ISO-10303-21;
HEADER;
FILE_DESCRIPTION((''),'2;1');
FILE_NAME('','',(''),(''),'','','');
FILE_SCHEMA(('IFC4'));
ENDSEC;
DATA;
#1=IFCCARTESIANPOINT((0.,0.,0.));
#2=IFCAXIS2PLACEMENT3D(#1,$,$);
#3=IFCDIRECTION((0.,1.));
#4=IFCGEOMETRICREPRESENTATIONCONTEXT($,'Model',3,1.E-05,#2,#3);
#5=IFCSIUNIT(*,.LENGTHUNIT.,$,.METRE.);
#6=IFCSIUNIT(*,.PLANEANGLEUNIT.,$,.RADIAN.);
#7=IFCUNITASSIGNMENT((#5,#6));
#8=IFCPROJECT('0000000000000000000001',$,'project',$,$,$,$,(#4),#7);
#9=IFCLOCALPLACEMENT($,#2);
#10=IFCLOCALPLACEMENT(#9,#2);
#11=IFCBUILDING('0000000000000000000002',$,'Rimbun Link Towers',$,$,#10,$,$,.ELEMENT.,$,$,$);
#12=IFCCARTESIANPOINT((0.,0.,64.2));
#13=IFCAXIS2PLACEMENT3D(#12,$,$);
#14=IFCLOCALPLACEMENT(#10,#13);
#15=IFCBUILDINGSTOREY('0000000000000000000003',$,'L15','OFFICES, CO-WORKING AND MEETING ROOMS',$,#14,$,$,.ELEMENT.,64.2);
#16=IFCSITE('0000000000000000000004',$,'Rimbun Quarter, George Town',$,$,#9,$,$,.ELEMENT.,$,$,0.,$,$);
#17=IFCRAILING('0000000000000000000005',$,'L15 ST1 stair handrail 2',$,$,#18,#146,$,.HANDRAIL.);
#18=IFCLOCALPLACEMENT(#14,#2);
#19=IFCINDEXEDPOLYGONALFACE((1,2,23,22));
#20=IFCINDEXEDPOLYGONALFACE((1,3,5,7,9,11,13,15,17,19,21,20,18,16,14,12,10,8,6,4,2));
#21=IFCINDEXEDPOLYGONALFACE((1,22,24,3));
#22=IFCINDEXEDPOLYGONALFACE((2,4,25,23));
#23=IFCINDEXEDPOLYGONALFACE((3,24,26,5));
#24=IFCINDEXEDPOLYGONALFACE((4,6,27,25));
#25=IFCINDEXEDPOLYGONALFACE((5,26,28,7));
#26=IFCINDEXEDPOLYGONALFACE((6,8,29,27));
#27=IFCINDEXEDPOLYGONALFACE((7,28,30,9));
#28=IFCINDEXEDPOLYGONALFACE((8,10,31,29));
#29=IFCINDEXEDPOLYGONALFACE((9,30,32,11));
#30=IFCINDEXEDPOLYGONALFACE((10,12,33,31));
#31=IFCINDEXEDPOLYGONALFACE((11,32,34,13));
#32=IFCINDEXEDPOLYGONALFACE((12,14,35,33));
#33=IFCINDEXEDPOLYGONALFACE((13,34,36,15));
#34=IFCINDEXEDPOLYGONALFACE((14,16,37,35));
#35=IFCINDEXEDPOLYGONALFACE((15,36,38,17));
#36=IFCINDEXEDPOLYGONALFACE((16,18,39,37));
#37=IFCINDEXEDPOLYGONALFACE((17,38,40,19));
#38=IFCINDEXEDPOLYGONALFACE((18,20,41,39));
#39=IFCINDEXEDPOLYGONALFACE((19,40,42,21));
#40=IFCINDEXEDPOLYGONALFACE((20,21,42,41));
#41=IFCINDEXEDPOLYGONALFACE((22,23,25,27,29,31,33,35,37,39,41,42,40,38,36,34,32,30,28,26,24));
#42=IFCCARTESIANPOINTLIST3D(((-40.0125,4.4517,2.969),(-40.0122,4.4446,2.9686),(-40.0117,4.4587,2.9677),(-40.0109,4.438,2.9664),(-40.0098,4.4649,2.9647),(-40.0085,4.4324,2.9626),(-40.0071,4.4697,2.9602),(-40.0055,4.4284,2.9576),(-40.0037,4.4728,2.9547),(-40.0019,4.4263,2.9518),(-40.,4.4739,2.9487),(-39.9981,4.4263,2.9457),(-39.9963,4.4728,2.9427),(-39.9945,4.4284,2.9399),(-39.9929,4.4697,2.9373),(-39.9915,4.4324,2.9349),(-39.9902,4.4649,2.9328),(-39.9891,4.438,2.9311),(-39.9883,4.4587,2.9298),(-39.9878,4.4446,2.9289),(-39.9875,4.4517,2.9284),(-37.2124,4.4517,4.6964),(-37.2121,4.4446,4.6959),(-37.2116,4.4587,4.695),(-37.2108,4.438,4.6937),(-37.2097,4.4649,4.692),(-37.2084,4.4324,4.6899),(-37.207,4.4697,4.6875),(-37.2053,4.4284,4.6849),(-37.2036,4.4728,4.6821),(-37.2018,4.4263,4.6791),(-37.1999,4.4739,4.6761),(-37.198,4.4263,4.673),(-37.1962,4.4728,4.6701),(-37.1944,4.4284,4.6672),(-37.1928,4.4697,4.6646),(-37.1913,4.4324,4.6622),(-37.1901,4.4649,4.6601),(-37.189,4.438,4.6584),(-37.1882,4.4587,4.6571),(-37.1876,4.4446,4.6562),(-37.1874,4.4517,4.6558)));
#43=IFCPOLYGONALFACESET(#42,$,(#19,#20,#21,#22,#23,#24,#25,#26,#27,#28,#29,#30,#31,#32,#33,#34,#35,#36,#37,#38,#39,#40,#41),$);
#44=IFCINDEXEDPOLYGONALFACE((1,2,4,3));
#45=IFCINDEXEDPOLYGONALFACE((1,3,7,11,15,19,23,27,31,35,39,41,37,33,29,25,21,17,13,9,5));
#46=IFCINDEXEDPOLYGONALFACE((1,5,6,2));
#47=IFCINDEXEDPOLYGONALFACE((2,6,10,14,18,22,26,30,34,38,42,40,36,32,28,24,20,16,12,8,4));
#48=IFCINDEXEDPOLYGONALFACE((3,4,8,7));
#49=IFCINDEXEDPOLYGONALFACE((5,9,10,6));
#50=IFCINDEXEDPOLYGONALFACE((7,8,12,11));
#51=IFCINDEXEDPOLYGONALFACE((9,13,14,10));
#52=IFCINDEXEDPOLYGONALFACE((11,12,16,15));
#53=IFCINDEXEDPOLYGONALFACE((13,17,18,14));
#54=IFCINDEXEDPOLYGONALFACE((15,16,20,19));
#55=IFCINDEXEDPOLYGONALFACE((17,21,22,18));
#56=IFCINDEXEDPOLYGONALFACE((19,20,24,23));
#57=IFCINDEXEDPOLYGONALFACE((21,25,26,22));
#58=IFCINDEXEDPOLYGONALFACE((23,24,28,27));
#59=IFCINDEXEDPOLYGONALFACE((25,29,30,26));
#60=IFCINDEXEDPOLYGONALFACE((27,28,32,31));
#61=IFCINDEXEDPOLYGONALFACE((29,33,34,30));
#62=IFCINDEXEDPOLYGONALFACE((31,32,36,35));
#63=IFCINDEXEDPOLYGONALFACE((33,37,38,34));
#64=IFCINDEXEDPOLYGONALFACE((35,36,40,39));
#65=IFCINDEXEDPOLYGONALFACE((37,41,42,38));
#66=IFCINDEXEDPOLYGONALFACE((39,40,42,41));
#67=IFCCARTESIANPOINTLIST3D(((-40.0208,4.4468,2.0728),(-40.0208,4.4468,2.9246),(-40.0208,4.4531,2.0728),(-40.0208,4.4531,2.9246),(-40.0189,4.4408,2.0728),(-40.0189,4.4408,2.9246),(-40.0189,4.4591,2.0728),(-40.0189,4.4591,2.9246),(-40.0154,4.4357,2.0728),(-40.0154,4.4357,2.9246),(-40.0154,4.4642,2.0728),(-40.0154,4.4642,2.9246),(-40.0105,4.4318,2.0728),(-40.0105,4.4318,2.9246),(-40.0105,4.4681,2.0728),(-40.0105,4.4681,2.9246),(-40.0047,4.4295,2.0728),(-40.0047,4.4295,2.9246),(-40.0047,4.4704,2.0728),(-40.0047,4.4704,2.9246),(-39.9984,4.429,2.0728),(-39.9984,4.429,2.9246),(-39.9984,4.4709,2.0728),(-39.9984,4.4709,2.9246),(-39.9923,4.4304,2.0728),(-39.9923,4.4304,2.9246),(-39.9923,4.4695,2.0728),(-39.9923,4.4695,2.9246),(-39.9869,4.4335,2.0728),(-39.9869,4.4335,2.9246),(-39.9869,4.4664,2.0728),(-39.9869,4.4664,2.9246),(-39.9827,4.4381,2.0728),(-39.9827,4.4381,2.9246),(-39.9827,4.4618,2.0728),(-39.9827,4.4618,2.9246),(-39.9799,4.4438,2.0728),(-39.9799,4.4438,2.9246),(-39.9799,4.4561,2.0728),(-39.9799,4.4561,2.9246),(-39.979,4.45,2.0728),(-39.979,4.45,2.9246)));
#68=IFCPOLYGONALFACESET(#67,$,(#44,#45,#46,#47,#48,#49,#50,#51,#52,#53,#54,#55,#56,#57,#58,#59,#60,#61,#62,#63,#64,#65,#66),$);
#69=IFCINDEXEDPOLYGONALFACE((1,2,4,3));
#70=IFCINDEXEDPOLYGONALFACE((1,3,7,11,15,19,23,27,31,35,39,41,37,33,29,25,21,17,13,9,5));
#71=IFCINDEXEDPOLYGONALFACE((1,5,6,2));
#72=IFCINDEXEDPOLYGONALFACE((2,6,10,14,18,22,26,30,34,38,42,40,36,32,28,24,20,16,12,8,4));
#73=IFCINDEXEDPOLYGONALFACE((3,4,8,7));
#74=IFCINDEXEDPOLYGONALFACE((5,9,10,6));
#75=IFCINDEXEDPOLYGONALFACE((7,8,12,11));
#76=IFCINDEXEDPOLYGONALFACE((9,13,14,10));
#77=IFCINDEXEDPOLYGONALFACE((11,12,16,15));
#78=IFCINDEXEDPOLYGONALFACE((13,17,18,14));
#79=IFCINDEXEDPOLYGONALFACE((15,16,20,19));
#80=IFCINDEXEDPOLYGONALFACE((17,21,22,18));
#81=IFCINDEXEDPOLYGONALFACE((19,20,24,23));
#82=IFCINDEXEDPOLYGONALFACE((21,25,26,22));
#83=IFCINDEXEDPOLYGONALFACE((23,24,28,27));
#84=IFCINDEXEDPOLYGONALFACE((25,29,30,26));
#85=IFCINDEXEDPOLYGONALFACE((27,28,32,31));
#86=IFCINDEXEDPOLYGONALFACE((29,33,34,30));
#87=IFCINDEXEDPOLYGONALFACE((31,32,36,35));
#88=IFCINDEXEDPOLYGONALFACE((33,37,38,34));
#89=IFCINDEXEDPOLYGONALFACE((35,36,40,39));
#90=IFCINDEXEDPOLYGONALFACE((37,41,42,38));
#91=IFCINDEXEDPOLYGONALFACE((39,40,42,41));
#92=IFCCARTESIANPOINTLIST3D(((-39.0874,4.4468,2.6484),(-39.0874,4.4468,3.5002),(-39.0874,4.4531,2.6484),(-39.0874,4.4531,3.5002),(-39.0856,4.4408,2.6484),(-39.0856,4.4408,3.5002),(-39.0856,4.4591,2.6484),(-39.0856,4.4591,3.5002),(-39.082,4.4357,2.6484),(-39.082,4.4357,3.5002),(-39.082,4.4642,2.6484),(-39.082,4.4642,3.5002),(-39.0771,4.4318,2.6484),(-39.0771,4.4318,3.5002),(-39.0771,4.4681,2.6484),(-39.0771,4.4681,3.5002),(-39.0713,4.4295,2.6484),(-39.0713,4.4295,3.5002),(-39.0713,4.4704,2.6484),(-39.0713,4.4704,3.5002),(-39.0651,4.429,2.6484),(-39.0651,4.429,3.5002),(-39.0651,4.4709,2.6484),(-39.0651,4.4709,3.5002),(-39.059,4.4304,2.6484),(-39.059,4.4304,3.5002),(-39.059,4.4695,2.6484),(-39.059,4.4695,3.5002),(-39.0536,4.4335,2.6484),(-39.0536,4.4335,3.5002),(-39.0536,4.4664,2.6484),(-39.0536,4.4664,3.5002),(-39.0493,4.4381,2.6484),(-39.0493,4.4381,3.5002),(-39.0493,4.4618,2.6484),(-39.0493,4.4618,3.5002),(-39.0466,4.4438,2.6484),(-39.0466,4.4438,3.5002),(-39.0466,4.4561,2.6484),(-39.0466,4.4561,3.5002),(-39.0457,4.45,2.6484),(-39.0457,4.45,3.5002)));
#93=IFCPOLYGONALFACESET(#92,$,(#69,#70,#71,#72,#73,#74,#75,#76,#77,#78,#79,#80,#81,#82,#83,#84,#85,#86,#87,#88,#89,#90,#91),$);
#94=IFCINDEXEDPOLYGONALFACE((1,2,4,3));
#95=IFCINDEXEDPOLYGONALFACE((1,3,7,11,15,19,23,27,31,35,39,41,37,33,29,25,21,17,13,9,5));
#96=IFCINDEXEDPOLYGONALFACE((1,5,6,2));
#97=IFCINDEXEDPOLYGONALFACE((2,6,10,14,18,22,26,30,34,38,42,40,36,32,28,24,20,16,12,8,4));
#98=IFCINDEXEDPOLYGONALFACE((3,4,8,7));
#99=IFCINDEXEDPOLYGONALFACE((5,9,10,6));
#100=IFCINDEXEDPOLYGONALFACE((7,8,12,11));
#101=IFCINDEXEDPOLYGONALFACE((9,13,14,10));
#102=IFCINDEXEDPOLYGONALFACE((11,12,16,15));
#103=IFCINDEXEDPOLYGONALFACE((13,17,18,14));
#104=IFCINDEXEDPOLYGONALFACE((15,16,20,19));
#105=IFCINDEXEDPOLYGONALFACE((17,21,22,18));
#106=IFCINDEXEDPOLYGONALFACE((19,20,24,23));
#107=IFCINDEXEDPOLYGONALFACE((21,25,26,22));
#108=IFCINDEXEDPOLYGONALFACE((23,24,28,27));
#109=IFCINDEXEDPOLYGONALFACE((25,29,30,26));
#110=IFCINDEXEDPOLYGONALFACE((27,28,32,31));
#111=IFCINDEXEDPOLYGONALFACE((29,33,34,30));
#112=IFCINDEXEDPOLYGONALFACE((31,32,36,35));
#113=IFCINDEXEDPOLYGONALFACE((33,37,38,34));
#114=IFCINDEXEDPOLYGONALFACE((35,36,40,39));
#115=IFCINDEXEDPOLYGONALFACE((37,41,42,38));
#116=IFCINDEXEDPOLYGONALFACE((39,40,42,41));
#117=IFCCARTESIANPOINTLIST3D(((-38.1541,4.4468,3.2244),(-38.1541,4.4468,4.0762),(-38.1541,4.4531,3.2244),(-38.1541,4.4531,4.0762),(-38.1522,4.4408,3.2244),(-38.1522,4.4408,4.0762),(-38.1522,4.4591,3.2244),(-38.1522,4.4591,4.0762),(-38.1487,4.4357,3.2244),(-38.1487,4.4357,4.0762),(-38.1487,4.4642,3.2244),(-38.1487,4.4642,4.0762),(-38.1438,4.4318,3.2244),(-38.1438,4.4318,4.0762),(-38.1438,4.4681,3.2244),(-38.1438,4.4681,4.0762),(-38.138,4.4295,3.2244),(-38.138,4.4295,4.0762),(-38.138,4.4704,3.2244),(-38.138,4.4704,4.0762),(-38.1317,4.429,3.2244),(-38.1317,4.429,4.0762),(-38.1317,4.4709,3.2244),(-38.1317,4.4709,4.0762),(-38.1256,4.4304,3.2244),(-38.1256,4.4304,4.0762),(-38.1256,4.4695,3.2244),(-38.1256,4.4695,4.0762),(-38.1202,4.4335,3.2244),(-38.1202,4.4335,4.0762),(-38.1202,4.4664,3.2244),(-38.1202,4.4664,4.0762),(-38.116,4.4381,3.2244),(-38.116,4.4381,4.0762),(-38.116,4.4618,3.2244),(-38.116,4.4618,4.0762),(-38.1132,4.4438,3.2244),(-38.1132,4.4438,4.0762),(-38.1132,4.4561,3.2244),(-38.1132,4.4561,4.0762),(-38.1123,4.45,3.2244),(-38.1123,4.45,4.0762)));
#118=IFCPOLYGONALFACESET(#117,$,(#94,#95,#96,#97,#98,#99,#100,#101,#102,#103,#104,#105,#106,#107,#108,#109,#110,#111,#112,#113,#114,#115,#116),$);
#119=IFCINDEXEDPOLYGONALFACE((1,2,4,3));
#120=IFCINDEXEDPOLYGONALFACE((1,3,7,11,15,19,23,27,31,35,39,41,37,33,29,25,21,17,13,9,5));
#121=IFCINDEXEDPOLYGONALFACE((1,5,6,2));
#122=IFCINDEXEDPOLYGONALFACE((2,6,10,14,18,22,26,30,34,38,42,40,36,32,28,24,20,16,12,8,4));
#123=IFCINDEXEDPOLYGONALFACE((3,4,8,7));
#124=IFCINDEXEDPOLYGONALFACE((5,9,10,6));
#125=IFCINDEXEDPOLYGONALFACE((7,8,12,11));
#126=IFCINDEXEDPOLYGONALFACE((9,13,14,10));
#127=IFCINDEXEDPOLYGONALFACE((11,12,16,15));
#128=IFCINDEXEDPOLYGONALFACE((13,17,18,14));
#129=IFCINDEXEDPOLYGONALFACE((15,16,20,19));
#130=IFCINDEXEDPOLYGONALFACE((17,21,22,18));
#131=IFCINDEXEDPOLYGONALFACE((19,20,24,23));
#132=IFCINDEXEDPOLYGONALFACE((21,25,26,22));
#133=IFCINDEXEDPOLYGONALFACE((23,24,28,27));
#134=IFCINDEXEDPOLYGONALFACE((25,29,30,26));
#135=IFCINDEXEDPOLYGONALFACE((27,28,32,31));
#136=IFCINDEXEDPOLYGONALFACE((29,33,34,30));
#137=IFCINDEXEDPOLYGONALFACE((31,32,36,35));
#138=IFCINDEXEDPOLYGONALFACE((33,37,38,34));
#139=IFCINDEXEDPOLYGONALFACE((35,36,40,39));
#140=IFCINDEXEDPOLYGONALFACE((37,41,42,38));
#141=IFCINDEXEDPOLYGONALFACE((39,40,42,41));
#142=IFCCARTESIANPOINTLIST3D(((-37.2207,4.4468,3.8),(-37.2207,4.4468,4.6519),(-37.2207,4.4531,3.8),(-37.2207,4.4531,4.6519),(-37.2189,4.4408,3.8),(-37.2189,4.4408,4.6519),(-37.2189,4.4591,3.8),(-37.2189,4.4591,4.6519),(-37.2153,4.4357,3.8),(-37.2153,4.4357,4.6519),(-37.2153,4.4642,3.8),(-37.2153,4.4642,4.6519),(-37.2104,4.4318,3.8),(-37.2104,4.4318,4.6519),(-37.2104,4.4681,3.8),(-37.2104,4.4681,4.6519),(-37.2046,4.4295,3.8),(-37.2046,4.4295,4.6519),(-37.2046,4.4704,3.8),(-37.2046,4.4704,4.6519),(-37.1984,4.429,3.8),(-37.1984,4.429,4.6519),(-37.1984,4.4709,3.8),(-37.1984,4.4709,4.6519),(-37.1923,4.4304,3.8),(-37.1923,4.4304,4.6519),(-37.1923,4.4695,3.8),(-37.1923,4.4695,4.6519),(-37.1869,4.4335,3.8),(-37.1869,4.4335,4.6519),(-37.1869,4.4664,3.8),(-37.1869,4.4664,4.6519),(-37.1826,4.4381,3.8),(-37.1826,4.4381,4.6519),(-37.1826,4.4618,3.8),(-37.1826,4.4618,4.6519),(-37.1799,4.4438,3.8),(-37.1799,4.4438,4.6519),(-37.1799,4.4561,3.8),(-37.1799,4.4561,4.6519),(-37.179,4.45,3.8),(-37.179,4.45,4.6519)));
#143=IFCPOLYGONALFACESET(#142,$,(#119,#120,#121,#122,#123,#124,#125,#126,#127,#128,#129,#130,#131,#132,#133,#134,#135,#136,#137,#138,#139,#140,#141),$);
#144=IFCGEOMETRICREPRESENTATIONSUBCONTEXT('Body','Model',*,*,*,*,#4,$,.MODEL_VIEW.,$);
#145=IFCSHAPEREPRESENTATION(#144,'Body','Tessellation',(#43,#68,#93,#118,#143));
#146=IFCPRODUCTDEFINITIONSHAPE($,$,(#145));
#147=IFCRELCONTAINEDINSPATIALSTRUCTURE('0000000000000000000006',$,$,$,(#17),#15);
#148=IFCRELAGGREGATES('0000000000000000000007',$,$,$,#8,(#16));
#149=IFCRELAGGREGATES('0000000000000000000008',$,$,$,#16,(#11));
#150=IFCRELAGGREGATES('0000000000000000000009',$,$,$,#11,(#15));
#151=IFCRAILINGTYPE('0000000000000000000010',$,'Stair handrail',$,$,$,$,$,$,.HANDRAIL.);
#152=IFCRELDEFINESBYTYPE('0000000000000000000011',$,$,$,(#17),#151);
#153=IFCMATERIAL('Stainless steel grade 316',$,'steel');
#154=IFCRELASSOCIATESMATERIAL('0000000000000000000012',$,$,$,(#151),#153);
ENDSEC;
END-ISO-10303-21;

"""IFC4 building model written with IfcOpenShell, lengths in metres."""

from ifc_helpers import new_model, si_unit, direction, frame, origin, origin_2d, place, context, subcontext, project, spatial, circle, extrude, material, type_object, element, save


model = new_model("IFC4")

# Units and contexts
model_context = context("Model", 3, precision=1e-05, world=origin(), true_north=direction((0.0, 1.0)))
body_context = subcontext(model_context, "Body", "Model", "MODEL_VIEW")
ifc_project = project(units=[si_unit("LENGTHUNIT", "METRE"), si_unit("PLANEANGLEUNIT", "RADIAN")], contexts=[model_context])

# Site, building, storey
site_placement = place(None, origin())
site = spatial("IfcSite", under=ifc_project, at=site_placement, Name="Rimbun Quarter, George Town", CompositionType="ELEMENT", RefElevation=0.0)
building_placement = place(site_placement, origin())
building = spatial("IfcBuilding", under=site, at=building_placement, Name="Rimbun Link Towers", CompositionType="ELEMENT")
storey_placement = place(building_placement, frame((0.0, 0.0, 64.2)))
storey = spatial("IfcBuildingStorey", under=building, at=storey_placement, Name="L15", Description="OFFICES, CO-WORKING AND MEETING ROOMS", CompositionType="ELEMENT", Elevation=64.2)

# Railing
ifc_material_1 = material(Name="Stainless steel grade 316", Category="steel")
railing_type_1 = type_object("IfcRailingType", Name="Stair handrail", PredefinedType="HANDRAIL", material=ifc_material_1)
railing_1_placement = place(storey_placement, frame((-40.0, 4.45, 2.0728)))
element("IfcRailing", 1, at=railing_1_placement, inside=storey, type_object=railing_type_1, Name="L15 ST1 stair handrail 2", PredefinedType="HANDRAIL", context=body_context, shape_type="SweptSolid", body=[
    extrude(circle(Radius=0.0239, at=origin_2d()), frame((0.0, 0.0, 0.876), z_axis=(0.85109, 0.0, 0.52502), x_axis=(0.0, 1.0, 0.0)), (0.0, 0.0, 1.0), 3.29),
    extrude(circle(Radius=0.021, at=origin_2d()), origin(), (0.0, 0.0, 1.0), 0.8518),
    extrude(circle(Radius=0.021, at=origin_2d()), frame((0.9333, 0.0, 0.5757)), (0.0, 0.0, 1.0), 0.8518),
    extrude(circle(Radius=0.021, at=origin_2d()), frame((1.8667, 0.0, 1.1516)), (0.0, 0.0, 1.0), 0.8518),
    extrude(circle(Radius=0.021, at=origin_2d()), frame((2.8, 0.0, 1.7273)), (0.0, 0.0, 1.0), 0.8518),
])

save(model, "model.ifc")
